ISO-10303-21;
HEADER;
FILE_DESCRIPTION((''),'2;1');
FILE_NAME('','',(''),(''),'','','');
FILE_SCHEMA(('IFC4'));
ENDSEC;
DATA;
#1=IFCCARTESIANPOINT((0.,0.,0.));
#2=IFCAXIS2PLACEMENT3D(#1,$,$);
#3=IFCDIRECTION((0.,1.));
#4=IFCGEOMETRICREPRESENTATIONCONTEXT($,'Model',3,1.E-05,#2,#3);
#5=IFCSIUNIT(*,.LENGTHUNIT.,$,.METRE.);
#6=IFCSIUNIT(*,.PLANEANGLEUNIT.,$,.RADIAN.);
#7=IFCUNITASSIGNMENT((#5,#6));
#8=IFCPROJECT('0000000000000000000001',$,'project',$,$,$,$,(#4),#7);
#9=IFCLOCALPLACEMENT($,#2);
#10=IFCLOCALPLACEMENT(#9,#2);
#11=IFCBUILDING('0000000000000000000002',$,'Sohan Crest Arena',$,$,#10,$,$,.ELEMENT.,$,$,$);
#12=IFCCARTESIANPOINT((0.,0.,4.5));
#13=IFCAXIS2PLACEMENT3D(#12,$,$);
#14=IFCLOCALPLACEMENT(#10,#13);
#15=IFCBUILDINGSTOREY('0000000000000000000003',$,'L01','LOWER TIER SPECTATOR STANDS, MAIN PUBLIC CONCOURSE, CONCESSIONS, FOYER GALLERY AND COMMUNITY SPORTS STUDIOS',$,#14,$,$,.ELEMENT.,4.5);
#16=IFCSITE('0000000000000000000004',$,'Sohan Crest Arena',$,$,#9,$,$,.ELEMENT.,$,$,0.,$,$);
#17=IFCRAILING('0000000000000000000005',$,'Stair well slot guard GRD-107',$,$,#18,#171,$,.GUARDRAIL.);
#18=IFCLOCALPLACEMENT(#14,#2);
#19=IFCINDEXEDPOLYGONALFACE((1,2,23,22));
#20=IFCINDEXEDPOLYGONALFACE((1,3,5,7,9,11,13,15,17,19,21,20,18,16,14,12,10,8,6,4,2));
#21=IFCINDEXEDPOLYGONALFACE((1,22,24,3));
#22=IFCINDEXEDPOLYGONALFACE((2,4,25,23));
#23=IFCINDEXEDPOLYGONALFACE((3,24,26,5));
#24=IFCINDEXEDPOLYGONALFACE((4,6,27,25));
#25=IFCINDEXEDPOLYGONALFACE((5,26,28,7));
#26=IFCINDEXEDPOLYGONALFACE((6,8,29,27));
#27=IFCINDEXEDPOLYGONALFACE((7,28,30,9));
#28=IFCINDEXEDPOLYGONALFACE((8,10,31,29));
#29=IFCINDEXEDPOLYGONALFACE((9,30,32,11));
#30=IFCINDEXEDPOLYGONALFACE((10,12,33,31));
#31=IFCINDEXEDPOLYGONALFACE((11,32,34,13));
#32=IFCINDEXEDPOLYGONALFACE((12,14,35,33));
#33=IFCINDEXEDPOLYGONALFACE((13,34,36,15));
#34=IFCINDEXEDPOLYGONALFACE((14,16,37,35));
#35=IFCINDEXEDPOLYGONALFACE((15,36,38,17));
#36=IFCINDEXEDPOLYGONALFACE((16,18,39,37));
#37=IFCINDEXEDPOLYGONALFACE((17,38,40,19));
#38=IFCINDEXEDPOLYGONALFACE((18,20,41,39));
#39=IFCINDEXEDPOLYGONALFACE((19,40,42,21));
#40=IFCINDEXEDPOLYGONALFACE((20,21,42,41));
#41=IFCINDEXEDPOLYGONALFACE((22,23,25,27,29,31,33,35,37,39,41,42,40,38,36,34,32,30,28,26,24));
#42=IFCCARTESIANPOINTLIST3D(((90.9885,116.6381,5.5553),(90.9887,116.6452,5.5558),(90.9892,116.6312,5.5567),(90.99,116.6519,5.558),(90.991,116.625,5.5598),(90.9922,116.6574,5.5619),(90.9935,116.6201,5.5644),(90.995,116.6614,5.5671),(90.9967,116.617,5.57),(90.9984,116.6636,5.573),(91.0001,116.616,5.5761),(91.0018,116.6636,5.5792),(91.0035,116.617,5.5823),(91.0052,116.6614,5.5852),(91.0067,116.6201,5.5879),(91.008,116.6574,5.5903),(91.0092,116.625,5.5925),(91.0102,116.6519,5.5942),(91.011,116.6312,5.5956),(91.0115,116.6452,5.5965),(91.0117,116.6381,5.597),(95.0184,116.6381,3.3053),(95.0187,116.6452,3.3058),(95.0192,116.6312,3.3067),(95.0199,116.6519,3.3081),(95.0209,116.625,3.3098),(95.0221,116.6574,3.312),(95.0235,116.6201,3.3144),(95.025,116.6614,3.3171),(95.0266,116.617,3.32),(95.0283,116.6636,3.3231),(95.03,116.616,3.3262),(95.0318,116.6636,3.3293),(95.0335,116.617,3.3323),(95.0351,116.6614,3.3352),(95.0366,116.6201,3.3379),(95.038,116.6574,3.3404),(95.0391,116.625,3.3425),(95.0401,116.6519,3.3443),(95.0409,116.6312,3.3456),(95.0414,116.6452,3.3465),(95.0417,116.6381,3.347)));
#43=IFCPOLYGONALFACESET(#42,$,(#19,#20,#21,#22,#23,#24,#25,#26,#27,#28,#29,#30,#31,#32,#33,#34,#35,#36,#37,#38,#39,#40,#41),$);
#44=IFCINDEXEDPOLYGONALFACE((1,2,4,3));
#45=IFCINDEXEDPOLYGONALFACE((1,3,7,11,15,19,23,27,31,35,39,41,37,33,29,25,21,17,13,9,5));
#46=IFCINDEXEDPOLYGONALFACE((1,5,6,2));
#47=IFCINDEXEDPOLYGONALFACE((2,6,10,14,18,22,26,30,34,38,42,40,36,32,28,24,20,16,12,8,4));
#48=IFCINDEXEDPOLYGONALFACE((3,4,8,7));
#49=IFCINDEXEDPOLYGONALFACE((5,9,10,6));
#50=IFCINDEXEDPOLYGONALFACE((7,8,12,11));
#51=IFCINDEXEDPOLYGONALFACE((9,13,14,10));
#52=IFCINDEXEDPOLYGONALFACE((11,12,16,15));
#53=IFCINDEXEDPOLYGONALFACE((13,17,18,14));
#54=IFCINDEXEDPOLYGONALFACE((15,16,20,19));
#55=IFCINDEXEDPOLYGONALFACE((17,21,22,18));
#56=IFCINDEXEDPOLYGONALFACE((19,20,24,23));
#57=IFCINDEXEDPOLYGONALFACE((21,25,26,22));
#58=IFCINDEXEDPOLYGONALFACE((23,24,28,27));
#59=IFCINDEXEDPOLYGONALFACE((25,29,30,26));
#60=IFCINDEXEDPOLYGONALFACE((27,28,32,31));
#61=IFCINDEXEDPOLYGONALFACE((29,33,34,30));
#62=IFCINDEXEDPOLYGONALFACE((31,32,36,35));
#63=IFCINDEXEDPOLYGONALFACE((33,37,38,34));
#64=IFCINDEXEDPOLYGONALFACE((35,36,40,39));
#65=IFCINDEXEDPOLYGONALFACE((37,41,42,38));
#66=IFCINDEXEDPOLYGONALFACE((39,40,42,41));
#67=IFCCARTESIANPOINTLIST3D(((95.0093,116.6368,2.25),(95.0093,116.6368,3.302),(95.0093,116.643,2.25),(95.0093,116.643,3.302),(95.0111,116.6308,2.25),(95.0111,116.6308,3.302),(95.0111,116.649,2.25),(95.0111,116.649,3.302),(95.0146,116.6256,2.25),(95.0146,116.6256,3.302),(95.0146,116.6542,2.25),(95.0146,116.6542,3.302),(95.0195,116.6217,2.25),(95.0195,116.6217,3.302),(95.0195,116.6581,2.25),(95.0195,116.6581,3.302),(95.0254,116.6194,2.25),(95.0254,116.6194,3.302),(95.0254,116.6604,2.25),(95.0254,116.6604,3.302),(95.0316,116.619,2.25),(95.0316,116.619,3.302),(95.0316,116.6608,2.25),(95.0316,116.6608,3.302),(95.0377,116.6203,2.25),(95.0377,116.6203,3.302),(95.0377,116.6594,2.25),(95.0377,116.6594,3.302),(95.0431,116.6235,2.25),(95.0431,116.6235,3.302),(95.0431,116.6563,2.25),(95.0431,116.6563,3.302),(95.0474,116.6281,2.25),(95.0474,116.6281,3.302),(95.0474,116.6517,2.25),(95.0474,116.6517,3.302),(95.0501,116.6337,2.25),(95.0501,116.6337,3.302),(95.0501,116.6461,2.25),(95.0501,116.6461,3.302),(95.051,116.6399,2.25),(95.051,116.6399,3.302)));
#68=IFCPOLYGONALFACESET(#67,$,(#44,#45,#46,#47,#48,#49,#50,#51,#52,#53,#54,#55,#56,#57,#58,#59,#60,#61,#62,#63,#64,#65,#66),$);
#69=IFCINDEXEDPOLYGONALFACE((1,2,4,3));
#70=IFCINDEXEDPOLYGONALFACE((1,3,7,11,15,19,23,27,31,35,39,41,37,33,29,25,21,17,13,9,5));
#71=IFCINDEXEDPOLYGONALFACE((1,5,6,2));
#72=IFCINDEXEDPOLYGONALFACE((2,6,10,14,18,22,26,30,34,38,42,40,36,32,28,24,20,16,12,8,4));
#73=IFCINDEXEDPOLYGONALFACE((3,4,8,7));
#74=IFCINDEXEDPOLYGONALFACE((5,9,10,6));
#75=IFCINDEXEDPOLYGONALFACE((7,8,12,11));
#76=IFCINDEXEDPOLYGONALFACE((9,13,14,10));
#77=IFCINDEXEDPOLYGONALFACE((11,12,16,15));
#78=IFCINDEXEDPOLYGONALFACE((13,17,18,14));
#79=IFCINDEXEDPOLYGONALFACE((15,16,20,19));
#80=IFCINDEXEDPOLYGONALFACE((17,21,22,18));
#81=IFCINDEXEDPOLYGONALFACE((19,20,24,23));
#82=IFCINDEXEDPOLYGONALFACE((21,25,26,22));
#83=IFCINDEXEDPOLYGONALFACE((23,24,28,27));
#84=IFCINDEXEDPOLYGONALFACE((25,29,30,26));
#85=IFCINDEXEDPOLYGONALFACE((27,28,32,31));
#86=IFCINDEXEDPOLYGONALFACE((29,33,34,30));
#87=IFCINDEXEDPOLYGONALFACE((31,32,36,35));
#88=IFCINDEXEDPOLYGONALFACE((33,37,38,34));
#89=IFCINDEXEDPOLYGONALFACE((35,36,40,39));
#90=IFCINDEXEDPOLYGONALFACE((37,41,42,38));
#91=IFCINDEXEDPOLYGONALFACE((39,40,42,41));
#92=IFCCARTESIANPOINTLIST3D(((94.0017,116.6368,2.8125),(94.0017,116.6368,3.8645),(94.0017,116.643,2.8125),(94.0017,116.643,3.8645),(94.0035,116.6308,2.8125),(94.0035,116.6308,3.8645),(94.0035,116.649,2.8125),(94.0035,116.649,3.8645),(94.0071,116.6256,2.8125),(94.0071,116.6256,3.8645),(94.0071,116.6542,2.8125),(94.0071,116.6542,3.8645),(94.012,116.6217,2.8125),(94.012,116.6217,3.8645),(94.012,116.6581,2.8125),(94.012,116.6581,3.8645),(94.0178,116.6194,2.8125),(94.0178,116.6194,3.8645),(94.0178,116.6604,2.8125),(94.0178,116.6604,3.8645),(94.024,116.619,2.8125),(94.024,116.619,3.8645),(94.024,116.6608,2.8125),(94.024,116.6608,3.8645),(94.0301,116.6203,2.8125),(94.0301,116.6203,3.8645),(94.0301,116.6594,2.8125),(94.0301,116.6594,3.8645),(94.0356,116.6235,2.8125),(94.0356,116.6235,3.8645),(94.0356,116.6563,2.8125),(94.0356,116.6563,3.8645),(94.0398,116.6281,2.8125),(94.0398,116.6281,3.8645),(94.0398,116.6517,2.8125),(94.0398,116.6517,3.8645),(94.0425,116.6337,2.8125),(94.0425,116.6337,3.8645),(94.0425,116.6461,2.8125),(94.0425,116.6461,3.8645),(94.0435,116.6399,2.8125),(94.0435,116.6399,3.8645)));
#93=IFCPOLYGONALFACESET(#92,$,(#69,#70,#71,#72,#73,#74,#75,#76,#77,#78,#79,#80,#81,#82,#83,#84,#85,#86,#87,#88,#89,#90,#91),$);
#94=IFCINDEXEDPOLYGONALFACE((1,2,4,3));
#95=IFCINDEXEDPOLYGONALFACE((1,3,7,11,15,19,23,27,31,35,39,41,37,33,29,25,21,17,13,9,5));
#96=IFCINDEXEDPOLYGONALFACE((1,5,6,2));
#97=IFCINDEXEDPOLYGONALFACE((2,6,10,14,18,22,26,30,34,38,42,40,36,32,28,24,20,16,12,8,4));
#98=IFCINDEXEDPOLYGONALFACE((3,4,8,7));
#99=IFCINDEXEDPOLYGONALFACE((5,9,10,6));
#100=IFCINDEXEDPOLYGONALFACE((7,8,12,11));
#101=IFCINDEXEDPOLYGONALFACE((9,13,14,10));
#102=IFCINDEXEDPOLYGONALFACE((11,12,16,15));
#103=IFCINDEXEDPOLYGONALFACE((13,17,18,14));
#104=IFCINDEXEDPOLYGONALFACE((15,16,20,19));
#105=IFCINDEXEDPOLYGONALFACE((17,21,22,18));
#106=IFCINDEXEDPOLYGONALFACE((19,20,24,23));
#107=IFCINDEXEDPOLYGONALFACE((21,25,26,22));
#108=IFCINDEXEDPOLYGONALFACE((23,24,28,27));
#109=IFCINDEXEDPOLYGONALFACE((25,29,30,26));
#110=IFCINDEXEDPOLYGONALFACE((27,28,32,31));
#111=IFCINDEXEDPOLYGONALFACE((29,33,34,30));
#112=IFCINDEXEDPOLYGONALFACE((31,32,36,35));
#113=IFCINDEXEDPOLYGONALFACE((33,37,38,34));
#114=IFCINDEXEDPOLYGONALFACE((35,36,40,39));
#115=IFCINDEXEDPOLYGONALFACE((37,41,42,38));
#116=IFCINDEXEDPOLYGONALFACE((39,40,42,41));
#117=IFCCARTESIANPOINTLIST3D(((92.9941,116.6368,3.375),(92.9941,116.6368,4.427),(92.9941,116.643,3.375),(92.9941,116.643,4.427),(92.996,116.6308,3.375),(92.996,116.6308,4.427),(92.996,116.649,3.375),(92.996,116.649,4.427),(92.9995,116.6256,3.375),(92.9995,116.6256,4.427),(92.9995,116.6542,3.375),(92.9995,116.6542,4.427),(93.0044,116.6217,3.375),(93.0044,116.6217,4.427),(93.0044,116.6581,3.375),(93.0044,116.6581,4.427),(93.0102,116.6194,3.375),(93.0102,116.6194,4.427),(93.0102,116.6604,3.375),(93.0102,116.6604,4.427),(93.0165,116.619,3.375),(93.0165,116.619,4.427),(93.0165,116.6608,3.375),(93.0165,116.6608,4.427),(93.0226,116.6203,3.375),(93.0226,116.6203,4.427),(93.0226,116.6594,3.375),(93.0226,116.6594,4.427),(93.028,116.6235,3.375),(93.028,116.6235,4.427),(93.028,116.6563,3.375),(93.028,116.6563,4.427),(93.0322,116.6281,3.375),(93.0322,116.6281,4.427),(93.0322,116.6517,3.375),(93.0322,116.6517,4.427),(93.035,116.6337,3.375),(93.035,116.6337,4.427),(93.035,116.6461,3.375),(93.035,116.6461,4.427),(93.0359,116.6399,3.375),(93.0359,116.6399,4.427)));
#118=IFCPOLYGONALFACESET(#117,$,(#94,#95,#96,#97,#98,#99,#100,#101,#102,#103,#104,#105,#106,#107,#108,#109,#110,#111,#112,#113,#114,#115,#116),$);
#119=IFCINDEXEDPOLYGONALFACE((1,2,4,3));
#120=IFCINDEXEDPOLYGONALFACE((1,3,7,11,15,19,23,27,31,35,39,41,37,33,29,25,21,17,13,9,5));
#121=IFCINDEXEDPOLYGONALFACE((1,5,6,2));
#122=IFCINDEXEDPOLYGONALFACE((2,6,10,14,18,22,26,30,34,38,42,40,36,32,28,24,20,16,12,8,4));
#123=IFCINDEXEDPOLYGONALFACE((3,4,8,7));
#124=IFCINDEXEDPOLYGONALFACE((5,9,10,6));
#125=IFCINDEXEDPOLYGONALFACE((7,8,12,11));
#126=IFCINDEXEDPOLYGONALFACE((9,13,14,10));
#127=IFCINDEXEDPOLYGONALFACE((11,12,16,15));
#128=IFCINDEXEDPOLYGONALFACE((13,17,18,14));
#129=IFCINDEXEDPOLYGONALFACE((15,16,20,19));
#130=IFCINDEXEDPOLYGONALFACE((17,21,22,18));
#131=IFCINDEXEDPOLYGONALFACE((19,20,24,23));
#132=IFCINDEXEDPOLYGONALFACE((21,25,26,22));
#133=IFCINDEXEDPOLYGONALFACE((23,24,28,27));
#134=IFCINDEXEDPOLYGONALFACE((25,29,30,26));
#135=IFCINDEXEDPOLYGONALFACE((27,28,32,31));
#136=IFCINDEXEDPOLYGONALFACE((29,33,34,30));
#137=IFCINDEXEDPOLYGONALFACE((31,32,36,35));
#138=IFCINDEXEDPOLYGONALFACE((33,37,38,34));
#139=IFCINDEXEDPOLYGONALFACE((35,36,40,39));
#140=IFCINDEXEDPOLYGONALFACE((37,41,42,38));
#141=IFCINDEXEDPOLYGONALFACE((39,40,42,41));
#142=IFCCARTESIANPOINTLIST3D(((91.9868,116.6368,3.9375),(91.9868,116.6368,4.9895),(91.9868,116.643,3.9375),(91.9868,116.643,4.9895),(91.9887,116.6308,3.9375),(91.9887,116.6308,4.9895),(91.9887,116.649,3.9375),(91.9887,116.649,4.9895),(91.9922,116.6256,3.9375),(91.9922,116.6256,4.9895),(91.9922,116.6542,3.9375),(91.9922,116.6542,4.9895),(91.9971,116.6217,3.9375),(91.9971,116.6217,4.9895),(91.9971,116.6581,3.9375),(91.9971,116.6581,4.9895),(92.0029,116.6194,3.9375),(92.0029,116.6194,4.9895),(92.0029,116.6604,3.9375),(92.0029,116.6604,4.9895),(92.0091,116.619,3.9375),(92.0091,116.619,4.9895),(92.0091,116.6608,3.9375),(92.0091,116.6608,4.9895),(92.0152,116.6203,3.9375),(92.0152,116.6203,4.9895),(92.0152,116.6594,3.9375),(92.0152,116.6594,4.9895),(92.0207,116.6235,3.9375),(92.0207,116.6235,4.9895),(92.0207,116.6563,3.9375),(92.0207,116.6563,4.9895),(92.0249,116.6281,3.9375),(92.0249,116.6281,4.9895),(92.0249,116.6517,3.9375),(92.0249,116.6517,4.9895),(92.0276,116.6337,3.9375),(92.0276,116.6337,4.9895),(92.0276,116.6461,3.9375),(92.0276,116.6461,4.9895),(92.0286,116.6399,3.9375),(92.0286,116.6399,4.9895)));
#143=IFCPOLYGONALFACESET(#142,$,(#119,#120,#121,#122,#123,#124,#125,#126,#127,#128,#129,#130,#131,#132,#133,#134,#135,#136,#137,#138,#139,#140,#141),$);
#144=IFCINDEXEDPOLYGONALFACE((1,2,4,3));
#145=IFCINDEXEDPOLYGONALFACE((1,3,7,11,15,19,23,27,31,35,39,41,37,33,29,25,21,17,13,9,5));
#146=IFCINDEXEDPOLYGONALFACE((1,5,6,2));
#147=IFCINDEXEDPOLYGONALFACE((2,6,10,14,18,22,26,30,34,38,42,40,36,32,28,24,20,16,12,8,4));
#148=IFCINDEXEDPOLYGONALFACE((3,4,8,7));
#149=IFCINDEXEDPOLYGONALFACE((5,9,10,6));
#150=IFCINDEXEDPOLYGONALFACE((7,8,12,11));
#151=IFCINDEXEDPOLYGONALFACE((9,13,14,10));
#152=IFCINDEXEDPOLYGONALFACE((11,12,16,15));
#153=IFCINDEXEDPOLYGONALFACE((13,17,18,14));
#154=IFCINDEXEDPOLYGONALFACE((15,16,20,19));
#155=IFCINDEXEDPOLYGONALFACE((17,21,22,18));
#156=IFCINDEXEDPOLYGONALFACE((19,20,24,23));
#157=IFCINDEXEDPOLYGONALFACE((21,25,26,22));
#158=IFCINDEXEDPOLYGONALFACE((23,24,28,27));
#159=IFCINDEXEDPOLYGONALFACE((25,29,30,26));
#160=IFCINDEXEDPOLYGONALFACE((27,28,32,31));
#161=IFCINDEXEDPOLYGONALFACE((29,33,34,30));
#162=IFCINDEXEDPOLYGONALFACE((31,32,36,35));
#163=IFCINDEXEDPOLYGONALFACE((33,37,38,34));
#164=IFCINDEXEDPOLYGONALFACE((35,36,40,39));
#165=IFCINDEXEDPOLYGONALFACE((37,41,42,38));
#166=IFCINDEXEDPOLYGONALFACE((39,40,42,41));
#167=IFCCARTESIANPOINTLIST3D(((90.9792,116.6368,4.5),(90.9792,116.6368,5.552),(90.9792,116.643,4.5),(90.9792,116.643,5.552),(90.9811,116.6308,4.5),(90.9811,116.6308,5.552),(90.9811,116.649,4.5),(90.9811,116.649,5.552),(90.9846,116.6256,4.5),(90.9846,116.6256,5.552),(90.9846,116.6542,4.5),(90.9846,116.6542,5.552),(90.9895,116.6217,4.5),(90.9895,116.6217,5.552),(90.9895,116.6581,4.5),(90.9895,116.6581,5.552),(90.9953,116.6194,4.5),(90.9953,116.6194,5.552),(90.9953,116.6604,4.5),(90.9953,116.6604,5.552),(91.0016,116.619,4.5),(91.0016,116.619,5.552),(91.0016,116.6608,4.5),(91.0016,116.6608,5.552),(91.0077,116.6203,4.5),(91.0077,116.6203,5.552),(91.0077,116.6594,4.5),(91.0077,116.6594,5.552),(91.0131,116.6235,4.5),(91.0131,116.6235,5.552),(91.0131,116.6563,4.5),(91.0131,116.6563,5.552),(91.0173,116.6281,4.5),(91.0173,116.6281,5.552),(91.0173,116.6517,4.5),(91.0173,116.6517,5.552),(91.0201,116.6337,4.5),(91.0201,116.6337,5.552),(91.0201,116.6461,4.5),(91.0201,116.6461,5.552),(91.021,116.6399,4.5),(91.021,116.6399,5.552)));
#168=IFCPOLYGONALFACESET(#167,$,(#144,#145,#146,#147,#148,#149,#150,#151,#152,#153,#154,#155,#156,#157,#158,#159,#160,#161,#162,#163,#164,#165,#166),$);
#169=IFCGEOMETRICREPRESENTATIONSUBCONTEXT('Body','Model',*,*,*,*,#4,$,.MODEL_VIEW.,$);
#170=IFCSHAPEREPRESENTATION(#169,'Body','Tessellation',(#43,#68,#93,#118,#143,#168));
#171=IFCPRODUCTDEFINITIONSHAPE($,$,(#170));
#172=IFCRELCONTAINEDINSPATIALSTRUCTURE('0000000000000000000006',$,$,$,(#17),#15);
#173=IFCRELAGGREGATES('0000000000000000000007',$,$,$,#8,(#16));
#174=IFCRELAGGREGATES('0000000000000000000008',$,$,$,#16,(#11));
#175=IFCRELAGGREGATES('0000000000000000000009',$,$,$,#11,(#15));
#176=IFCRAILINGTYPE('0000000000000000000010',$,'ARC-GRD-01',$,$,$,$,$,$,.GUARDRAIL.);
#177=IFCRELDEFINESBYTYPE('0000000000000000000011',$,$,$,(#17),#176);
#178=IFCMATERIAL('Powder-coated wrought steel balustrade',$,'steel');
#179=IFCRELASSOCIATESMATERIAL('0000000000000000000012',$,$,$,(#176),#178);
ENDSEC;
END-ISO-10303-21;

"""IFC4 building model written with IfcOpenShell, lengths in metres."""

from ifc_helpers import new_model, si_unit, direction, frame, origin, origin_2d, place, context, subcontext, project, spatial, circle, extrude, material, type_object, element, save


model = new_model("IFC4")

# Units and contexts
model_context = context("Model", 3, precision=1e-05, world=origin(), true_north=direction((0.0, 1.0)))
body_context = subcontext(model_context, "Body", "Model", "MODEL_VIEW")
ifc_project = project(units=[si_unit("LENGTHUNIT", "METRE"), si_unit("PLANEANGLEUNIT", "RADIAN")], contexts=[model_context])

# Site, building, storey
site_placement = place(None, origin())
site = spatial("IfcSite", under=ifc_project, at=site_placement, Name="Sohan Crest Arena", CompositionType="ELEMENT", RefElevation=0.0)
building_placement = place(site_placement, origin())
building = spatial("IfcBuilding", under=site, at=building_placement, Name="Sohan Crest Arena", CompositionType="ELEMENT")
storey_placement = place(building_placement, frame((0.0, 0.0, 4.5)))
storey = spatial("IfcBuildingStorey", under=building, at=storey_placement, Name="L01", Description="LOWER TIER SPECTATOR STANDS, MAIN PUBLIC CONCOURSE, CONCESSIONS, FOYER GALLERY AND COMMUNITY SPORTS STUDIOS", CompositionType="ELEMENT", Elevation=4.5)

# Railing
ifc_material_1 = material(Name="Powder-coated wrought steel balustrade", Category="steel")
railing_type_1 = type_object("IfcRailingType", Name="ARC-GRD-01", PredefinedType="GUARDRAIL", material=ifc_material_1)
railing_1_placement = place(storey_placement, frame((95.03, 116.6399, 2.25)))
element("IfcRailing", 1, at=railing_1_placement, inside=storey, type_object=railing_type_1, Name="Stair well slot guard GRD-107", PredefinedType="GUARDRAIL", context=body_context, shape_type="SweptSolid", body=[
    extrude(circle(Radius=0.0239, at=origin_2d()), frame((0.0, 0.0, 1.0762), z_axis=(-0.873135, 0.0, 0.487479), x_axis=(0.0, -1.0, 0.0)), (0.0, 0.0, 1.0), 4.6155),
    extrude(circle(Radius=0.021, at=origin_2d()), origin(), (0.0, 0.0, 1.0), 1.052),
    extrude(circle(Radius=0.021, at=origin_2d()), frame((-1.0076, 0.0, 0.5625)), (0.0, 0.0, 1.0), 1.052),
    extrude(circle(Radius=0.021, at=origin_2d()), frame((-2.0151, 0.0, 1.125)), (0.0, 0.0, 1.0), 1.052),
    extrude(circle(Radius=0.021, at=origin_2d()), frame((-3.0225, 0.0, 1.6875)), (0.0, 0.0, 1.0), 1.052),
    extrude(circle(Radius=0.021, at=origin_2d()), frame((-4.03, 0.0, 2.25)), (0.0, 0.0, 1.0), 1.052),
])

save(model, "model.ifc")
